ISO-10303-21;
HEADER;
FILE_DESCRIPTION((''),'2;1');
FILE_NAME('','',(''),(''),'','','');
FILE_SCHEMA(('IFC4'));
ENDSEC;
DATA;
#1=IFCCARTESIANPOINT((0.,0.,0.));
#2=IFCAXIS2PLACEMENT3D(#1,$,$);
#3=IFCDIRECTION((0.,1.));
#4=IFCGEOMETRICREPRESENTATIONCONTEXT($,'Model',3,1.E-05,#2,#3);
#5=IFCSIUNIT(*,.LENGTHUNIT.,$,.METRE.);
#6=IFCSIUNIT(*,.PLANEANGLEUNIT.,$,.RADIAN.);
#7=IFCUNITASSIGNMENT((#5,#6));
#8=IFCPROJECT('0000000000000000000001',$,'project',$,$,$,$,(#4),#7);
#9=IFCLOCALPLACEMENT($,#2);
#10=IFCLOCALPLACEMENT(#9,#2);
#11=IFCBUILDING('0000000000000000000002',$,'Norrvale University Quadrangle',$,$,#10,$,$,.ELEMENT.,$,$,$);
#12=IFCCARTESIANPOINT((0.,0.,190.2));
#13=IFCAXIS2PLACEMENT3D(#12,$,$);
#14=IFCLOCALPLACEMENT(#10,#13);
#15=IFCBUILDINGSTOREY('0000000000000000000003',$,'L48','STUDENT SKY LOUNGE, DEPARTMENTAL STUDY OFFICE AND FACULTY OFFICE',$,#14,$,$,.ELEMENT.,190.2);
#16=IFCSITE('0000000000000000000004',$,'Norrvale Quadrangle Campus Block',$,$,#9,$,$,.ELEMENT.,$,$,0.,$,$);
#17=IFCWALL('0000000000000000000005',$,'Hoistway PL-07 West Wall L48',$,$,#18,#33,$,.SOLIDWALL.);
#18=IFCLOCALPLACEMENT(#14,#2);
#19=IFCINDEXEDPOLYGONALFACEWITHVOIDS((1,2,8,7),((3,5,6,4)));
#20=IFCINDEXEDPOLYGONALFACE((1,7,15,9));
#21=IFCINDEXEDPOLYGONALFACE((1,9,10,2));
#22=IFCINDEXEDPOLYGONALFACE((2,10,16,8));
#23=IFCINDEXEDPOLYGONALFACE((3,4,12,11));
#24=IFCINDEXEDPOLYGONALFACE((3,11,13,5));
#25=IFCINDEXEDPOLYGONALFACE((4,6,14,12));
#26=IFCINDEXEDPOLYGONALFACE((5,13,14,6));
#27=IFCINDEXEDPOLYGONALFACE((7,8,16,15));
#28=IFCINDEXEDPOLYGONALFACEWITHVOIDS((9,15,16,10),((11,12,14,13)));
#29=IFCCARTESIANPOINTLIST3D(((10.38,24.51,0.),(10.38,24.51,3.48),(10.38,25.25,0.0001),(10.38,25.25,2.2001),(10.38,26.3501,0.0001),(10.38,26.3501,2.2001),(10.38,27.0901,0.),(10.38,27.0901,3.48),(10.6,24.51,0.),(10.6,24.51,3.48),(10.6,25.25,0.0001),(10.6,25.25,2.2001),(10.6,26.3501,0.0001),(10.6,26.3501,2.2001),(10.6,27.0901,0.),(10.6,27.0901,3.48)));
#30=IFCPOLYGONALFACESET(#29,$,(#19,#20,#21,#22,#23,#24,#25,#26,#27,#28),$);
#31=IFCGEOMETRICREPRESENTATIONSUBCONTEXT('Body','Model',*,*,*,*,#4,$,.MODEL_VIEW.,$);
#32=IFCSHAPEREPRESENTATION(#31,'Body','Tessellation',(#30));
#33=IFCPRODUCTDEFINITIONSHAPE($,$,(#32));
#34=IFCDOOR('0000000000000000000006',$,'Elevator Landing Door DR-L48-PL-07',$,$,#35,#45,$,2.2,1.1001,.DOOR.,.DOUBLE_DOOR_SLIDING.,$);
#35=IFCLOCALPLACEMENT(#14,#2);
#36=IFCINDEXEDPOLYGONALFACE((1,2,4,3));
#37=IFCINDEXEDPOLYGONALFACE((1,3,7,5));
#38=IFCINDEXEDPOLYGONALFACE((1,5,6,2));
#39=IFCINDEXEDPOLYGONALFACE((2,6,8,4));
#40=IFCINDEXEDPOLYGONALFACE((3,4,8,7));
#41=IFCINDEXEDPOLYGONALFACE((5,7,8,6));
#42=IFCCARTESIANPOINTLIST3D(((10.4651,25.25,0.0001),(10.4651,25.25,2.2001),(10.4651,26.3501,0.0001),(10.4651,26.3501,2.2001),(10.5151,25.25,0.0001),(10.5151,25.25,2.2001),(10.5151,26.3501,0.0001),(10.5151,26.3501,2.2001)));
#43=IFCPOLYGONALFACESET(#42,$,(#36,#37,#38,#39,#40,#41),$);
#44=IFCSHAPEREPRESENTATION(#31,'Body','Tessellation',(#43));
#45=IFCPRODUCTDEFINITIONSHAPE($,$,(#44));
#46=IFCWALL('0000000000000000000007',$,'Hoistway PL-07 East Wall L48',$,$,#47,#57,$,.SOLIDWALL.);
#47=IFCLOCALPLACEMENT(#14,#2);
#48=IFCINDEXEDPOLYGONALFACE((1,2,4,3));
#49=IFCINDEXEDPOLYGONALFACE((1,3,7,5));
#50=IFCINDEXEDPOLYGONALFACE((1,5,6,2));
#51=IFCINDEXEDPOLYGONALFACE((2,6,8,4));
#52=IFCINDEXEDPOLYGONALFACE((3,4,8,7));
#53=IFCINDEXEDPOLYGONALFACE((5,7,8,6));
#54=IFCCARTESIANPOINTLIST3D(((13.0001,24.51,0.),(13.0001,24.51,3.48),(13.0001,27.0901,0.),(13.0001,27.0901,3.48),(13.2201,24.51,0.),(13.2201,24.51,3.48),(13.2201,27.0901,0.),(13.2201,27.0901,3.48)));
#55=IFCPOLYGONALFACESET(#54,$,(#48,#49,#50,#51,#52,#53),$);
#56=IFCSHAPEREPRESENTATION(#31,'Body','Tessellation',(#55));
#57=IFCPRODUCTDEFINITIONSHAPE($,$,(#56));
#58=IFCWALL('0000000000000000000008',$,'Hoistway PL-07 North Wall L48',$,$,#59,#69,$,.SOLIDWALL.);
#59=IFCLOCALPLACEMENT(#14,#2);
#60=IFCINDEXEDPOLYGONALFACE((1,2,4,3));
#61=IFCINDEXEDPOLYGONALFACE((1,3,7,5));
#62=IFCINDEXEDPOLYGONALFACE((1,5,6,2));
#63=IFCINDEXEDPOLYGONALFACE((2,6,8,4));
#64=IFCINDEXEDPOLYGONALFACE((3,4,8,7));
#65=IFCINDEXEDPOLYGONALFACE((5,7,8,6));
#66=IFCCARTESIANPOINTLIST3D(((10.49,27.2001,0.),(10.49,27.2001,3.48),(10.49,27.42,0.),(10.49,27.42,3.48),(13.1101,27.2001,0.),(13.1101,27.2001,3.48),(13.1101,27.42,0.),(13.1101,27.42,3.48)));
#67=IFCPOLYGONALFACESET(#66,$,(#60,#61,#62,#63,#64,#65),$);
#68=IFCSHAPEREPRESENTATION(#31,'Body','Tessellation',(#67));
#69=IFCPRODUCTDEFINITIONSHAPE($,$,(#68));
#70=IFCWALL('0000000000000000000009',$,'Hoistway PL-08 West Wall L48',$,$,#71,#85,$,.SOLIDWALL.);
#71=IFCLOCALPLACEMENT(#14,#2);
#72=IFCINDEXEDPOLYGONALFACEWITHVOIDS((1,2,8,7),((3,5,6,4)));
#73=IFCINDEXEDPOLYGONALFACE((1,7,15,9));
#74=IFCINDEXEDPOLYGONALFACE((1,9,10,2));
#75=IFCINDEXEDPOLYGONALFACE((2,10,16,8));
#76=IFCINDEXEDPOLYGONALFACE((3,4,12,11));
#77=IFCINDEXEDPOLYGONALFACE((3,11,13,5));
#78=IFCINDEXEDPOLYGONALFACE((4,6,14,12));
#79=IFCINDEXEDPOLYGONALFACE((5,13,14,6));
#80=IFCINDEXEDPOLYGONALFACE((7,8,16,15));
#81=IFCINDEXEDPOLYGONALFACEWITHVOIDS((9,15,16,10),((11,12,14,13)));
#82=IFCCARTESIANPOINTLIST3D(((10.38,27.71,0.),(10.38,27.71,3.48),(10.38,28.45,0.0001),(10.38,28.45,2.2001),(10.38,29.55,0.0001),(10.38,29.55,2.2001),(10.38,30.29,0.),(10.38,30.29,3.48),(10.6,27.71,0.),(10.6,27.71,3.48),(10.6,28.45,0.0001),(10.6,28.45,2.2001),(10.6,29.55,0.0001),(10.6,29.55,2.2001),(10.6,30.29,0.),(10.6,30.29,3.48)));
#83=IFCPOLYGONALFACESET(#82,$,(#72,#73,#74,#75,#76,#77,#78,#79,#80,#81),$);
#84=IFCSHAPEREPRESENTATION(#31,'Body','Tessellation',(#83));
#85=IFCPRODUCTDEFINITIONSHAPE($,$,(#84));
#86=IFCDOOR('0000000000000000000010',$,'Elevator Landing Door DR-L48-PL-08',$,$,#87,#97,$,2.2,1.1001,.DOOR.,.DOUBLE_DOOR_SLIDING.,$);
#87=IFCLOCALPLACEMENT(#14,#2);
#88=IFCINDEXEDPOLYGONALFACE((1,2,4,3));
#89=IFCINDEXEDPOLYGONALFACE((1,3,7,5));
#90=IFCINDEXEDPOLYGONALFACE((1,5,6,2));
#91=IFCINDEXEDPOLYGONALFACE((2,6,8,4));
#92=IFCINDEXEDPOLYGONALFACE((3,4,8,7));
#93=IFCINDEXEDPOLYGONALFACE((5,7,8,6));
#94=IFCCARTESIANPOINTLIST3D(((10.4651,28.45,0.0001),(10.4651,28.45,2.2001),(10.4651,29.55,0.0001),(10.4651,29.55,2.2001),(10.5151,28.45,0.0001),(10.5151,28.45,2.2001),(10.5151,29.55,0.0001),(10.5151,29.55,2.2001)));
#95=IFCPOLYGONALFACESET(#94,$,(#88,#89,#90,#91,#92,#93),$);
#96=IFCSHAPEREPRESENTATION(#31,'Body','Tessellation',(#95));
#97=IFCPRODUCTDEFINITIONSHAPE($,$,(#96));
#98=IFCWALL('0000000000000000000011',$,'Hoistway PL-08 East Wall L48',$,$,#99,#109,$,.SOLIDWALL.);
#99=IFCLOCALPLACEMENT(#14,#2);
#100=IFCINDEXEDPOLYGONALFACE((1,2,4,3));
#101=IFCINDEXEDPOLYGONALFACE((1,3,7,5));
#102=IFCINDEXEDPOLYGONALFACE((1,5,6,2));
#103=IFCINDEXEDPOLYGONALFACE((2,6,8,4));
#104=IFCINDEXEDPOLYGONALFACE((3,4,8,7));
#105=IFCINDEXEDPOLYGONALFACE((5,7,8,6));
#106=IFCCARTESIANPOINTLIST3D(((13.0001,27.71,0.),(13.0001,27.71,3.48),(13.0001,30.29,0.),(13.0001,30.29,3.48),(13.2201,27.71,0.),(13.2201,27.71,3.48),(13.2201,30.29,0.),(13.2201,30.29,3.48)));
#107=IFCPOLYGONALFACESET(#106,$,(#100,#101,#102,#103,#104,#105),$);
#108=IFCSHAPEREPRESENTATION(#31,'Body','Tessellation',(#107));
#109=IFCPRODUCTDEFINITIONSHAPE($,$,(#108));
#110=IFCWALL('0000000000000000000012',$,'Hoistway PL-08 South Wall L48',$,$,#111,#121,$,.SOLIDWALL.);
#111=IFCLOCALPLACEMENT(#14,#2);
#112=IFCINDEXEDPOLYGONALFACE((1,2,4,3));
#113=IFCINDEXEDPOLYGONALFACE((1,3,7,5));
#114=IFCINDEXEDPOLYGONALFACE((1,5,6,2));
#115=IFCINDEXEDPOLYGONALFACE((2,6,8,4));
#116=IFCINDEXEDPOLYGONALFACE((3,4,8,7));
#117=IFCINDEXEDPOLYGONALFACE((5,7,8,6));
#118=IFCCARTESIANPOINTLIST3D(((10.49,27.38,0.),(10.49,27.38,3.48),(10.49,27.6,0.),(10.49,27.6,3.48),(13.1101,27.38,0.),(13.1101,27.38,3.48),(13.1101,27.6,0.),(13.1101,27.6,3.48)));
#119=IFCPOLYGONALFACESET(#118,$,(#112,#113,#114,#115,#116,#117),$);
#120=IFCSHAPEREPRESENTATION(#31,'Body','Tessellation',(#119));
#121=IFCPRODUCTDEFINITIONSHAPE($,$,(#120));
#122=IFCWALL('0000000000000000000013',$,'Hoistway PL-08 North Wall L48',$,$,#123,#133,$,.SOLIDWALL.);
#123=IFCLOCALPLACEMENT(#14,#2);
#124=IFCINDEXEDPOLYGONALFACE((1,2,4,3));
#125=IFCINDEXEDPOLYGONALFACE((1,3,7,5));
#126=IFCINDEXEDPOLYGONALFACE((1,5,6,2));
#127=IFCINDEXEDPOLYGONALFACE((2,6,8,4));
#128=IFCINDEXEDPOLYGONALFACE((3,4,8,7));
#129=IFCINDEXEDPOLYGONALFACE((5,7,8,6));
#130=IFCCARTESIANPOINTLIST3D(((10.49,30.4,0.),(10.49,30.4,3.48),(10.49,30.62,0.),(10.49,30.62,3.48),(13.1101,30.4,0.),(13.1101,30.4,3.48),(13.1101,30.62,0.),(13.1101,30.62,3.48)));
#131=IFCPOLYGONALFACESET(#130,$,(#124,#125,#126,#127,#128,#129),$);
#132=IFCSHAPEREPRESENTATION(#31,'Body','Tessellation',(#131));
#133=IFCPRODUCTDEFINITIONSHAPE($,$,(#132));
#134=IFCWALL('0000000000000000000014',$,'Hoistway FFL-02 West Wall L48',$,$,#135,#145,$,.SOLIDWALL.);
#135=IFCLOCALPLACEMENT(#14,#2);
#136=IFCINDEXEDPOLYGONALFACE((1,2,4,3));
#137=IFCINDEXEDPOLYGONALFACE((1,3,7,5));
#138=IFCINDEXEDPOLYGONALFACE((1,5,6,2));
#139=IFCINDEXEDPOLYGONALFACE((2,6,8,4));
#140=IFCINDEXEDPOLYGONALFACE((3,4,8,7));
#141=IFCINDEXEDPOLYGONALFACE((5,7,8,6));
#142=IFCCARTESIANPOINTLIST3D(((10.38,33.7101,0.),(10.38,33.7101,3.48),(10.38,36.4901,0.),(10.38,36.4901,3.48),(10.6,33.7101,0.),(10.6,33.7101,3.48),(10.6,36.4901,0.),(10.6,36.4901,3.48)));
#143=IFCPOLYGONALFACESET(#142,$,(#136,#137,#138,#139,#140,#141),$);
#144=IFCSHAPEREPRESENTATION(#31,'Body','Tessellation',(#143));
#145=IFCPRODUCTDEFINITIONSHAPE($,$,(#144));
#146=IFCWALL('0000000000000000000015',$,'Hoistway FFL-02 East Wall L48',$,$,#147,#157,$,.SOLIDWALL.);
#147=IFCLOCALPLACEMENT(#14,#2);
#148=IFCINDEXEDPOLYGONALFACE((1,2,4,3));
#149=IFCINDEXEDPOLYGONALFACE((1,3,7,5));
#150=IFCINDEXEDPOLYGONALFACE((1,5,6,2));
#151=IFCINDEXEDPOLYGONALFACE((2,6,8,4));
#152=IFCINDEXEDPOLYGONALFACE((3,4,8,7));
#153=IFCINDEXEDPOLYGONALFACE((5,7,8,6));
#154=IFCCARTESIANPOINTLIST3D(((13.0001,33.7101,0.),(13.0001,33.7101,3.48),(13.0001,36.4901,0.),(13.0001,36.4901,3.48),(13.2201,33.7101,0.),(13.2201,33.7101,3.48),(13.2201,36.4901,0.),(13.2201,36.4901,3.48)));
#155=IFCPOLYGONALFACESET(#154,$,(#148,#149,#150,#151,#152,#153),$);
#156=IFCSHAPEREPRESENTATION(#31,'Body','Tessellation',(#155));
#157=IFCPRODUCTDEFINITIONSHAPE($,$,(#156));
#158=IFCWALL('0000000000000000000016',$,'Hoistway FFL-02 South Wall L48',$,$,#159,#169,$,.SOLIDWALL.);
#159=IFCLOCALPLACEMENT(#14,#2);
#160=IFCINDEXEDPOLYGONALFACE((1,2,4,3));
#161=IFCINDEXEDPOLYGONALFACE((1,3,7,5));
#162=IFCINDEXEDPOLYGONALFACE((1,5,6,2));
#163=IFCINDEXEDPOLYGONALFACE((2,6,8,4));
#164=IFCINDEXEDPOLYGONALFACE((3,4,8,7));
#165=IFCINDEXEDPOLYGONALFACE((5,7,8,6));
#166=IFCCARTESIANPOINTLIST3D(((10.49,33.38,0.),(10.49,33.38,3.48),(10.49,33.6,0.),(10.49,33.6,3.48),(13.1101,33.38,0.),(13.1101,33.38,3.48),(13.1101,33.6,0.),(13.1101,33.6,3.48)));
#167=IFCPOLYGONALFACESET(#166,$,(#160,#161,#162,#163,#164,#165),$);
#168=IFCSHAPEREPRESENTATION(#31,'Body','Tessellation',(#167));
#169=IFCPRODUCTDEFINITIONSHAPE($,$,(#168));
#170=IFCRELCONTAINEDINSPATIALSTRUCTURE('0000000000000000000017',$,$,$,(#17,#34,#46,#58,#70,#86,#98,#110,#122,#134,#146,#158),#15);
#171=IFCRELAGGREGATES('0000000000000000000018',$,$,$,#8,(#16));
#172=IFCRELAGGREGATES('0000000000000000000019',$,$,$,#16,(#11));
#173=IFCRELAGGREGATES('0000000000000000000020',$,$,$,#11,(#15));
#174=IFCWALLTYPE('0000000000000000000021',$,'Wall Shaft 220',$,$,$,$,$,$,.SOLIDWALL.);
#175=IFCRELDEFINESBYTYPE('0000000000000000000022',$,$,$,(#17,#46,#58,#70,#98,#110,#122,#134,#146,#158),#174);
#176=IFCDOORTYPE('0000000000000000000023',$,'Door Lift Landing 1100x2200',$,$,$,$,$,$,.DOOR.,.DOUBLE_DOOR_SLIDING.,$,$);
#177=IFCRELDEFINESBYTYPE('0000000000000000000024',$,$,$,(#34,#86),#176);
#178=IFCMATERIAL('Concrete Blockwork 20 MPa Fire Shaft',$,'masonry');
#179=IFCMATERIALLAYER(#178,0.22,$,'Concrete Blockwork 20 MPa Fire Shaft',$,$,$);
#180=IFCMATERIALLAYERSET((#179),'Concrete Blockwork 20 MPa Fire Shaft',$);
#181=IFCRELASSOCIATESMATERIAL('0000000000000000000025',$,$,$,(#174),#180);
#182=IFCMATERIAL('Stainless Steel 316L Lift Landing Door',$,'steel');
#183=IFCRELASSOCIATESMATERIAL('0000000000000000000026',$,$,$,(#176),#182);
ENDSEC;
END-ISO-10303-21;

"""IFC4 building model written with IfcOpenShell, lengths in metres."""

from ifc_helpers import new_model, si_unit, direction, frame, frame_2d, origin, place, context, subcontext, project, spatial, rectangle, extrude, material, layer, layer_set, type_object, element, fill, save


model = new_model("IFC4")

# Units and contexts
model_context = context("Model", 3, precision=1e-05, world=origin(), true_north=direction((0.0, 1.0)))
body_context = subcontext(model_context, "Body", "Model", "MODEL_VIEW")
ifc_project = project(units=[si_unit("LENGTHUNIT", "METRE"), si_unit("PLANEANGLEUNIT", "RADIAN")], contexts=[model_context])

# Site, building, storey
site_placement = place(None, origin())
site = spatial("IfcSite", under=ifc_project, at=site_placement, Name="Norrvale Quadrangle Campus Block", CompositionType="ELEMENT", RefElevation=0.0)
building_placement = place(site_placement, origin())
building = spatial("IfcBuilding", under=site, at=building_placement, Name="Norrvale University Quadrangle", CompositionType="ELEMENT")
storey_placement = place(building_placement, frame((0.0, 0.0, 190.2)))
storey = spatial("IfcBuildingStorey", under=building, at=storey_placement, Name="L48", Description="STUDENT SKY LOUNGE, DEPARTMENTAL STUDY OFFICE AND FACULTY OFFICE", CompositionType="ELEMENT", Elevation=190.2)

# Wall, opening, door
ifc_material_1 = material(Name="Concrete Blockwork 20 MPa Fire Shaft", Category="masonry")
ifc_layer_1 = layer(ifc_material_1, 0.22, Name="Concrete Blockwork 20 MPa Fire Shaft")
ifc_layer_set_1 = layer_set([ifc_layer_1], Name="Concrete Blockwork 20 MPa Fire Shaft")
wall_type_1 = type_object("IfcWallType", Name="Wall Shaft 220", PredefinedType="SOLIDWALL", material=ifc_layer_set_1)
wall_1_placement = place(storey_placement, frame((10.49, 24.51, 0.0), z_axis=(0.0, 0.0, 1.0), x_axis=(0.0, 1.0, 0.0)))
wall_1 = element("IfcWall", 1, at=wall_1_placement, inside=storey, type_object=wall_type_1, Name="Hoistway PL-07 West Wall L48", PredefinedType="SOLIDWALL", context=body_context, shape_type="SweptSolid", body=[
    extrude(rectangle(XDim=2.5801, YDim=0.22, at=frame_2d((1.29, 0.0))), origin(), (0.0, 0.0, 1.0), 3.48),
])
opening_1_placement = place(wall_1_placement, frame((0.74, 0.0, 0.0)))
opening_1 = element("IfcOpeningElement", 2, at=opening_1_placement, cuts=wall_1, PredefinedType="OPENING", context=body_context, shape_type="SweptSolid", body=[
    extrude(rectangle(XDim=1.1001, YDim=2.2, at=frame_2d((0.55, 1.1001))), frame((0.0, 0.1221, 0.0), z_axis=(0.0, -1.0, 0.0), x_axis=(1.0, 0.0, 0.0)), (0.0, 0.0, 1.0), 0.2439),
])
ifc_material_2 = material(Name="Stainless Steel 316L Lift Landing Door", Category="steel")
door_type_1 = type_object("IfcDoorType", Name="Door Lift Landing 1100x2200", OperationType="DOUBLE_DOOR_SLIDING", PredefinedType="DOOR", material=ifc_material_2)
door_1_placement = place(opening_1_placement, origin())
door_1 = element("IfcDoor", 3, at=door_1_placement, inside=storey, type_object=door_type_1, Name="Elevator Landing Door DR-L48-PL-07", OperationType="DOUBLE_DOOR_SLIDING", OverallHeight=2.2, OverallWidth=1.1001, PredefinedType="DOOR", context=body_context, shape_type="SweptSolid", body=[
    extrude(rectangle(XDim=1.1001, YDim=2.2, at=frame_2d((0.55, 1.1001))), frame((0.0, 0.0249, 0.0), z_axis=(0.0, -1.0, 0.0), x_axis=(1.0, 0.0, 0.0)), (0.0, 0.0, 1.0), 0.05),
])
fill(opening_1, door_1)

# Walls
wall_2_placement = place(storey_placement, frame((13.1101, 24.51, 0.0), z_axis=(0.0, 0.0, 1.0), x_axis=(0.0, 1.0, 0.0)))
element("IfcWall", 4, at=wall_2_placement, inside=storey, type_object=wall_type_1, Name="Hoistway PL-07 East Wall L48", PredefinedType="SOLIDWALL", context=body_context, shape_type="SweptSolid", body=[
    extrude(rectangle(XDim=2.5801, YDim=0.22, at=frame_2d((1.29, 0.0))), origin(), (0.0, 0.0, 1.0), 3.48),
])
wall_3_placement = place(storey_placement, frame((10.49, 27.3101, 0.0), z_axis=(0.0, 0.0, 1.0), x_axis=(1.0, 0.0, 0.0)))
element("IfcWall", 5, at=wall_3_placement, inside=storey, type_object=wall_type_1, Name="Hoistway PL-07 North Wall L48", PredefinedType="SOLIDWALL", context=body_context, shape_type="SweptSolid", body=[
    extrude(rectangle(XDim=2.6201, YDim=0.22, at=frame_2d((1.3101, 0.0))), origin(), (0.0, 0.0, 1.0), 3.48),
])

# Wall, opening, door
wall_4_placement = place(storey_placement, frame((10.49, 27.71, 0.0), z_axis=(0.0, 0.0, 1.0), x_axis=(0.0, 1.0, 0.0)))
wall_4 = element("IfcWall", 6, at=wall_4_placement, inside=storey, type_object=wall_type_1, Name="Hoistway PL-08 West Wall L48", PredefinedType="SOLIDWALL", context=body_context, shape_type="SweptSolid", body=[
    extrude(rectangle(XDim=2.5801, YDim=0.22, at=frame_2d((1.29, 0.0))), origin(), (0.0, 0.0, 1.0), 3.48),
])
opening_2_placement = place(wall_4_placement, frame((0.74, 0.0, 0.0)))
opening_2 = element("IfcOpeningElement", 7, at=opening_2_placement, cuts=wall_4, PredefinedType="OPENING", context=body_context, shape_type="SweptSolid", body=[
    extrude(rectangle(XDim=1.1001, YDim=2.2, at=frame_2d((0.55, 1.1001))), frame((0.0, 0.1221, 0.0), z_axis=(0.0, -1.0, 0.0), x_axis=(1.0, 0.0, 0.0)), (0.0, 0.0, 1.0), 0.2439),
])
door_2_placement = place(opening_2_placement, origin())
door_2 = element("IfcDoor", 8, at=door_2_placement, inside=storey, type_object=door_type_1, Name="Elevator Landing Door DR-L48-PL-08", OperationType="DOUBLE_DOOR_SLIDING", OverallHeight=2.2, OverallWidth=1.1001, PredefinedType="DOOR", context=body_context, shape_type="SweptSolid", body=[
    extrude(rectangle(XDim=1.1001, YDim=2.2, at=frame_2d((0.55, 1.1001))), frame((0.0, 0.0249, 0.0), z_axis=(0.0, -1.0, 0.0), x_axis=(1.0, 0.0, 0.0)), (0.0, 0.0, 1.0), 0.05),
])
fill(opening_2, door_2)

# Walls
wall_5_placement = place(storey_placement, frame((13.1101, 27.71, 0.0), z_axis=(0.0, 0.0, 1.0), x_axis=(0.0, 1.0, 0.0)))
element("IfcWall", 9, at=wall_5_placement, inside=storey, type_object=wall_type_1, Name="Hoistway PL-08 East Wall L48", PredefinedType="SOLIDWALL", context=body_context, shape_type="SweptSolid", body=[
    extrude(rectangle(XDim=2.5801, YDim=0.22, at=frame_2d((1.29, 0.0))), origin(), (0.0, 0.0, 1.0), 3.48),
])
for number, where, z_axis, x_axis, name in (
    (10, (10.49, 27.49, 0.0), (0.0, 0.0, 1.0), (1.0, 0.0, 0.0), "Hoistway PL-08 South Wall L48"),
    (11, (10.49, 30.51, 0.0), (0.0, 0.0, 1.0), (1.0, 0.0, 0.0), "Hoistway PL-08 North Wall L48"),
):
    element("IfcWall", number, at=place(storey_placement, frame(where, z_axis=z_axis, x_axis=x_axis)), inside=storey, type_object=wall_type_1, Name=name, PredefinedType="SOLIDWALL", context=body_context, shape_type="SweptSolid", body=[
        extrude(rectangle(XDim=2.6201, YDim=0.22, at=frame_2d((1.3101, 0.0))), origin(), (0.0, 0.0, 1.0), 3.48),
    ])
for number, where, z_axis, x_axis, name in (
    (12, (10.49, 33.71, 0.0), (0.0, 0.0, 1.0), (0.0, 1.0, 0.0), "Hoistway FFL-02 West Wall L48"),
    (13, (13.1101, 33.71, 0.0), (0.0, 0.0, 1.0), (0.0, 1.0, 0.0), "Hoistway FFL-02 East Wall L48"),
):
    element("IfcWall", number, at=place(storey_placement, frame(where, z_axis=z_axis, x_axis=x_axis)), inside=storey, type_object=wall_type_1, Name=name, PredefinedType="SOLIDWALL", context=body_context, shape_type="SweptSolid", body=[
        extrude(rectangle(XDim=2.78, YDim=0.22, at=frame_2d((1.3901, 0.0))), origin(), (0.0, 0.0, 1.0), 3.48),
    ])
wall_6_placement = place(storey_placement, frame((10.49, 33.49, 0.0), z_axis=(0.0, 0.0, 1.0), x_axis=(1.0, 0.0, 0.0)))
element("IfcWall", 14, at=wall_6_placement, inside=storey, type_object=wall_type_1, Name="Hoistway FFL-02 South Wall L48", PredefinedType="SOLIDWALL", context=body_context, shape_type="SweptSolid", body=[
    extrude(rectangle(XDim=2.6201, YDim=0.22, at=frame_2d((1.3101, 0.0))), origin(), (0.0, 0.0, 1.0), 3.48),
])

save(model, "model.ifc")
